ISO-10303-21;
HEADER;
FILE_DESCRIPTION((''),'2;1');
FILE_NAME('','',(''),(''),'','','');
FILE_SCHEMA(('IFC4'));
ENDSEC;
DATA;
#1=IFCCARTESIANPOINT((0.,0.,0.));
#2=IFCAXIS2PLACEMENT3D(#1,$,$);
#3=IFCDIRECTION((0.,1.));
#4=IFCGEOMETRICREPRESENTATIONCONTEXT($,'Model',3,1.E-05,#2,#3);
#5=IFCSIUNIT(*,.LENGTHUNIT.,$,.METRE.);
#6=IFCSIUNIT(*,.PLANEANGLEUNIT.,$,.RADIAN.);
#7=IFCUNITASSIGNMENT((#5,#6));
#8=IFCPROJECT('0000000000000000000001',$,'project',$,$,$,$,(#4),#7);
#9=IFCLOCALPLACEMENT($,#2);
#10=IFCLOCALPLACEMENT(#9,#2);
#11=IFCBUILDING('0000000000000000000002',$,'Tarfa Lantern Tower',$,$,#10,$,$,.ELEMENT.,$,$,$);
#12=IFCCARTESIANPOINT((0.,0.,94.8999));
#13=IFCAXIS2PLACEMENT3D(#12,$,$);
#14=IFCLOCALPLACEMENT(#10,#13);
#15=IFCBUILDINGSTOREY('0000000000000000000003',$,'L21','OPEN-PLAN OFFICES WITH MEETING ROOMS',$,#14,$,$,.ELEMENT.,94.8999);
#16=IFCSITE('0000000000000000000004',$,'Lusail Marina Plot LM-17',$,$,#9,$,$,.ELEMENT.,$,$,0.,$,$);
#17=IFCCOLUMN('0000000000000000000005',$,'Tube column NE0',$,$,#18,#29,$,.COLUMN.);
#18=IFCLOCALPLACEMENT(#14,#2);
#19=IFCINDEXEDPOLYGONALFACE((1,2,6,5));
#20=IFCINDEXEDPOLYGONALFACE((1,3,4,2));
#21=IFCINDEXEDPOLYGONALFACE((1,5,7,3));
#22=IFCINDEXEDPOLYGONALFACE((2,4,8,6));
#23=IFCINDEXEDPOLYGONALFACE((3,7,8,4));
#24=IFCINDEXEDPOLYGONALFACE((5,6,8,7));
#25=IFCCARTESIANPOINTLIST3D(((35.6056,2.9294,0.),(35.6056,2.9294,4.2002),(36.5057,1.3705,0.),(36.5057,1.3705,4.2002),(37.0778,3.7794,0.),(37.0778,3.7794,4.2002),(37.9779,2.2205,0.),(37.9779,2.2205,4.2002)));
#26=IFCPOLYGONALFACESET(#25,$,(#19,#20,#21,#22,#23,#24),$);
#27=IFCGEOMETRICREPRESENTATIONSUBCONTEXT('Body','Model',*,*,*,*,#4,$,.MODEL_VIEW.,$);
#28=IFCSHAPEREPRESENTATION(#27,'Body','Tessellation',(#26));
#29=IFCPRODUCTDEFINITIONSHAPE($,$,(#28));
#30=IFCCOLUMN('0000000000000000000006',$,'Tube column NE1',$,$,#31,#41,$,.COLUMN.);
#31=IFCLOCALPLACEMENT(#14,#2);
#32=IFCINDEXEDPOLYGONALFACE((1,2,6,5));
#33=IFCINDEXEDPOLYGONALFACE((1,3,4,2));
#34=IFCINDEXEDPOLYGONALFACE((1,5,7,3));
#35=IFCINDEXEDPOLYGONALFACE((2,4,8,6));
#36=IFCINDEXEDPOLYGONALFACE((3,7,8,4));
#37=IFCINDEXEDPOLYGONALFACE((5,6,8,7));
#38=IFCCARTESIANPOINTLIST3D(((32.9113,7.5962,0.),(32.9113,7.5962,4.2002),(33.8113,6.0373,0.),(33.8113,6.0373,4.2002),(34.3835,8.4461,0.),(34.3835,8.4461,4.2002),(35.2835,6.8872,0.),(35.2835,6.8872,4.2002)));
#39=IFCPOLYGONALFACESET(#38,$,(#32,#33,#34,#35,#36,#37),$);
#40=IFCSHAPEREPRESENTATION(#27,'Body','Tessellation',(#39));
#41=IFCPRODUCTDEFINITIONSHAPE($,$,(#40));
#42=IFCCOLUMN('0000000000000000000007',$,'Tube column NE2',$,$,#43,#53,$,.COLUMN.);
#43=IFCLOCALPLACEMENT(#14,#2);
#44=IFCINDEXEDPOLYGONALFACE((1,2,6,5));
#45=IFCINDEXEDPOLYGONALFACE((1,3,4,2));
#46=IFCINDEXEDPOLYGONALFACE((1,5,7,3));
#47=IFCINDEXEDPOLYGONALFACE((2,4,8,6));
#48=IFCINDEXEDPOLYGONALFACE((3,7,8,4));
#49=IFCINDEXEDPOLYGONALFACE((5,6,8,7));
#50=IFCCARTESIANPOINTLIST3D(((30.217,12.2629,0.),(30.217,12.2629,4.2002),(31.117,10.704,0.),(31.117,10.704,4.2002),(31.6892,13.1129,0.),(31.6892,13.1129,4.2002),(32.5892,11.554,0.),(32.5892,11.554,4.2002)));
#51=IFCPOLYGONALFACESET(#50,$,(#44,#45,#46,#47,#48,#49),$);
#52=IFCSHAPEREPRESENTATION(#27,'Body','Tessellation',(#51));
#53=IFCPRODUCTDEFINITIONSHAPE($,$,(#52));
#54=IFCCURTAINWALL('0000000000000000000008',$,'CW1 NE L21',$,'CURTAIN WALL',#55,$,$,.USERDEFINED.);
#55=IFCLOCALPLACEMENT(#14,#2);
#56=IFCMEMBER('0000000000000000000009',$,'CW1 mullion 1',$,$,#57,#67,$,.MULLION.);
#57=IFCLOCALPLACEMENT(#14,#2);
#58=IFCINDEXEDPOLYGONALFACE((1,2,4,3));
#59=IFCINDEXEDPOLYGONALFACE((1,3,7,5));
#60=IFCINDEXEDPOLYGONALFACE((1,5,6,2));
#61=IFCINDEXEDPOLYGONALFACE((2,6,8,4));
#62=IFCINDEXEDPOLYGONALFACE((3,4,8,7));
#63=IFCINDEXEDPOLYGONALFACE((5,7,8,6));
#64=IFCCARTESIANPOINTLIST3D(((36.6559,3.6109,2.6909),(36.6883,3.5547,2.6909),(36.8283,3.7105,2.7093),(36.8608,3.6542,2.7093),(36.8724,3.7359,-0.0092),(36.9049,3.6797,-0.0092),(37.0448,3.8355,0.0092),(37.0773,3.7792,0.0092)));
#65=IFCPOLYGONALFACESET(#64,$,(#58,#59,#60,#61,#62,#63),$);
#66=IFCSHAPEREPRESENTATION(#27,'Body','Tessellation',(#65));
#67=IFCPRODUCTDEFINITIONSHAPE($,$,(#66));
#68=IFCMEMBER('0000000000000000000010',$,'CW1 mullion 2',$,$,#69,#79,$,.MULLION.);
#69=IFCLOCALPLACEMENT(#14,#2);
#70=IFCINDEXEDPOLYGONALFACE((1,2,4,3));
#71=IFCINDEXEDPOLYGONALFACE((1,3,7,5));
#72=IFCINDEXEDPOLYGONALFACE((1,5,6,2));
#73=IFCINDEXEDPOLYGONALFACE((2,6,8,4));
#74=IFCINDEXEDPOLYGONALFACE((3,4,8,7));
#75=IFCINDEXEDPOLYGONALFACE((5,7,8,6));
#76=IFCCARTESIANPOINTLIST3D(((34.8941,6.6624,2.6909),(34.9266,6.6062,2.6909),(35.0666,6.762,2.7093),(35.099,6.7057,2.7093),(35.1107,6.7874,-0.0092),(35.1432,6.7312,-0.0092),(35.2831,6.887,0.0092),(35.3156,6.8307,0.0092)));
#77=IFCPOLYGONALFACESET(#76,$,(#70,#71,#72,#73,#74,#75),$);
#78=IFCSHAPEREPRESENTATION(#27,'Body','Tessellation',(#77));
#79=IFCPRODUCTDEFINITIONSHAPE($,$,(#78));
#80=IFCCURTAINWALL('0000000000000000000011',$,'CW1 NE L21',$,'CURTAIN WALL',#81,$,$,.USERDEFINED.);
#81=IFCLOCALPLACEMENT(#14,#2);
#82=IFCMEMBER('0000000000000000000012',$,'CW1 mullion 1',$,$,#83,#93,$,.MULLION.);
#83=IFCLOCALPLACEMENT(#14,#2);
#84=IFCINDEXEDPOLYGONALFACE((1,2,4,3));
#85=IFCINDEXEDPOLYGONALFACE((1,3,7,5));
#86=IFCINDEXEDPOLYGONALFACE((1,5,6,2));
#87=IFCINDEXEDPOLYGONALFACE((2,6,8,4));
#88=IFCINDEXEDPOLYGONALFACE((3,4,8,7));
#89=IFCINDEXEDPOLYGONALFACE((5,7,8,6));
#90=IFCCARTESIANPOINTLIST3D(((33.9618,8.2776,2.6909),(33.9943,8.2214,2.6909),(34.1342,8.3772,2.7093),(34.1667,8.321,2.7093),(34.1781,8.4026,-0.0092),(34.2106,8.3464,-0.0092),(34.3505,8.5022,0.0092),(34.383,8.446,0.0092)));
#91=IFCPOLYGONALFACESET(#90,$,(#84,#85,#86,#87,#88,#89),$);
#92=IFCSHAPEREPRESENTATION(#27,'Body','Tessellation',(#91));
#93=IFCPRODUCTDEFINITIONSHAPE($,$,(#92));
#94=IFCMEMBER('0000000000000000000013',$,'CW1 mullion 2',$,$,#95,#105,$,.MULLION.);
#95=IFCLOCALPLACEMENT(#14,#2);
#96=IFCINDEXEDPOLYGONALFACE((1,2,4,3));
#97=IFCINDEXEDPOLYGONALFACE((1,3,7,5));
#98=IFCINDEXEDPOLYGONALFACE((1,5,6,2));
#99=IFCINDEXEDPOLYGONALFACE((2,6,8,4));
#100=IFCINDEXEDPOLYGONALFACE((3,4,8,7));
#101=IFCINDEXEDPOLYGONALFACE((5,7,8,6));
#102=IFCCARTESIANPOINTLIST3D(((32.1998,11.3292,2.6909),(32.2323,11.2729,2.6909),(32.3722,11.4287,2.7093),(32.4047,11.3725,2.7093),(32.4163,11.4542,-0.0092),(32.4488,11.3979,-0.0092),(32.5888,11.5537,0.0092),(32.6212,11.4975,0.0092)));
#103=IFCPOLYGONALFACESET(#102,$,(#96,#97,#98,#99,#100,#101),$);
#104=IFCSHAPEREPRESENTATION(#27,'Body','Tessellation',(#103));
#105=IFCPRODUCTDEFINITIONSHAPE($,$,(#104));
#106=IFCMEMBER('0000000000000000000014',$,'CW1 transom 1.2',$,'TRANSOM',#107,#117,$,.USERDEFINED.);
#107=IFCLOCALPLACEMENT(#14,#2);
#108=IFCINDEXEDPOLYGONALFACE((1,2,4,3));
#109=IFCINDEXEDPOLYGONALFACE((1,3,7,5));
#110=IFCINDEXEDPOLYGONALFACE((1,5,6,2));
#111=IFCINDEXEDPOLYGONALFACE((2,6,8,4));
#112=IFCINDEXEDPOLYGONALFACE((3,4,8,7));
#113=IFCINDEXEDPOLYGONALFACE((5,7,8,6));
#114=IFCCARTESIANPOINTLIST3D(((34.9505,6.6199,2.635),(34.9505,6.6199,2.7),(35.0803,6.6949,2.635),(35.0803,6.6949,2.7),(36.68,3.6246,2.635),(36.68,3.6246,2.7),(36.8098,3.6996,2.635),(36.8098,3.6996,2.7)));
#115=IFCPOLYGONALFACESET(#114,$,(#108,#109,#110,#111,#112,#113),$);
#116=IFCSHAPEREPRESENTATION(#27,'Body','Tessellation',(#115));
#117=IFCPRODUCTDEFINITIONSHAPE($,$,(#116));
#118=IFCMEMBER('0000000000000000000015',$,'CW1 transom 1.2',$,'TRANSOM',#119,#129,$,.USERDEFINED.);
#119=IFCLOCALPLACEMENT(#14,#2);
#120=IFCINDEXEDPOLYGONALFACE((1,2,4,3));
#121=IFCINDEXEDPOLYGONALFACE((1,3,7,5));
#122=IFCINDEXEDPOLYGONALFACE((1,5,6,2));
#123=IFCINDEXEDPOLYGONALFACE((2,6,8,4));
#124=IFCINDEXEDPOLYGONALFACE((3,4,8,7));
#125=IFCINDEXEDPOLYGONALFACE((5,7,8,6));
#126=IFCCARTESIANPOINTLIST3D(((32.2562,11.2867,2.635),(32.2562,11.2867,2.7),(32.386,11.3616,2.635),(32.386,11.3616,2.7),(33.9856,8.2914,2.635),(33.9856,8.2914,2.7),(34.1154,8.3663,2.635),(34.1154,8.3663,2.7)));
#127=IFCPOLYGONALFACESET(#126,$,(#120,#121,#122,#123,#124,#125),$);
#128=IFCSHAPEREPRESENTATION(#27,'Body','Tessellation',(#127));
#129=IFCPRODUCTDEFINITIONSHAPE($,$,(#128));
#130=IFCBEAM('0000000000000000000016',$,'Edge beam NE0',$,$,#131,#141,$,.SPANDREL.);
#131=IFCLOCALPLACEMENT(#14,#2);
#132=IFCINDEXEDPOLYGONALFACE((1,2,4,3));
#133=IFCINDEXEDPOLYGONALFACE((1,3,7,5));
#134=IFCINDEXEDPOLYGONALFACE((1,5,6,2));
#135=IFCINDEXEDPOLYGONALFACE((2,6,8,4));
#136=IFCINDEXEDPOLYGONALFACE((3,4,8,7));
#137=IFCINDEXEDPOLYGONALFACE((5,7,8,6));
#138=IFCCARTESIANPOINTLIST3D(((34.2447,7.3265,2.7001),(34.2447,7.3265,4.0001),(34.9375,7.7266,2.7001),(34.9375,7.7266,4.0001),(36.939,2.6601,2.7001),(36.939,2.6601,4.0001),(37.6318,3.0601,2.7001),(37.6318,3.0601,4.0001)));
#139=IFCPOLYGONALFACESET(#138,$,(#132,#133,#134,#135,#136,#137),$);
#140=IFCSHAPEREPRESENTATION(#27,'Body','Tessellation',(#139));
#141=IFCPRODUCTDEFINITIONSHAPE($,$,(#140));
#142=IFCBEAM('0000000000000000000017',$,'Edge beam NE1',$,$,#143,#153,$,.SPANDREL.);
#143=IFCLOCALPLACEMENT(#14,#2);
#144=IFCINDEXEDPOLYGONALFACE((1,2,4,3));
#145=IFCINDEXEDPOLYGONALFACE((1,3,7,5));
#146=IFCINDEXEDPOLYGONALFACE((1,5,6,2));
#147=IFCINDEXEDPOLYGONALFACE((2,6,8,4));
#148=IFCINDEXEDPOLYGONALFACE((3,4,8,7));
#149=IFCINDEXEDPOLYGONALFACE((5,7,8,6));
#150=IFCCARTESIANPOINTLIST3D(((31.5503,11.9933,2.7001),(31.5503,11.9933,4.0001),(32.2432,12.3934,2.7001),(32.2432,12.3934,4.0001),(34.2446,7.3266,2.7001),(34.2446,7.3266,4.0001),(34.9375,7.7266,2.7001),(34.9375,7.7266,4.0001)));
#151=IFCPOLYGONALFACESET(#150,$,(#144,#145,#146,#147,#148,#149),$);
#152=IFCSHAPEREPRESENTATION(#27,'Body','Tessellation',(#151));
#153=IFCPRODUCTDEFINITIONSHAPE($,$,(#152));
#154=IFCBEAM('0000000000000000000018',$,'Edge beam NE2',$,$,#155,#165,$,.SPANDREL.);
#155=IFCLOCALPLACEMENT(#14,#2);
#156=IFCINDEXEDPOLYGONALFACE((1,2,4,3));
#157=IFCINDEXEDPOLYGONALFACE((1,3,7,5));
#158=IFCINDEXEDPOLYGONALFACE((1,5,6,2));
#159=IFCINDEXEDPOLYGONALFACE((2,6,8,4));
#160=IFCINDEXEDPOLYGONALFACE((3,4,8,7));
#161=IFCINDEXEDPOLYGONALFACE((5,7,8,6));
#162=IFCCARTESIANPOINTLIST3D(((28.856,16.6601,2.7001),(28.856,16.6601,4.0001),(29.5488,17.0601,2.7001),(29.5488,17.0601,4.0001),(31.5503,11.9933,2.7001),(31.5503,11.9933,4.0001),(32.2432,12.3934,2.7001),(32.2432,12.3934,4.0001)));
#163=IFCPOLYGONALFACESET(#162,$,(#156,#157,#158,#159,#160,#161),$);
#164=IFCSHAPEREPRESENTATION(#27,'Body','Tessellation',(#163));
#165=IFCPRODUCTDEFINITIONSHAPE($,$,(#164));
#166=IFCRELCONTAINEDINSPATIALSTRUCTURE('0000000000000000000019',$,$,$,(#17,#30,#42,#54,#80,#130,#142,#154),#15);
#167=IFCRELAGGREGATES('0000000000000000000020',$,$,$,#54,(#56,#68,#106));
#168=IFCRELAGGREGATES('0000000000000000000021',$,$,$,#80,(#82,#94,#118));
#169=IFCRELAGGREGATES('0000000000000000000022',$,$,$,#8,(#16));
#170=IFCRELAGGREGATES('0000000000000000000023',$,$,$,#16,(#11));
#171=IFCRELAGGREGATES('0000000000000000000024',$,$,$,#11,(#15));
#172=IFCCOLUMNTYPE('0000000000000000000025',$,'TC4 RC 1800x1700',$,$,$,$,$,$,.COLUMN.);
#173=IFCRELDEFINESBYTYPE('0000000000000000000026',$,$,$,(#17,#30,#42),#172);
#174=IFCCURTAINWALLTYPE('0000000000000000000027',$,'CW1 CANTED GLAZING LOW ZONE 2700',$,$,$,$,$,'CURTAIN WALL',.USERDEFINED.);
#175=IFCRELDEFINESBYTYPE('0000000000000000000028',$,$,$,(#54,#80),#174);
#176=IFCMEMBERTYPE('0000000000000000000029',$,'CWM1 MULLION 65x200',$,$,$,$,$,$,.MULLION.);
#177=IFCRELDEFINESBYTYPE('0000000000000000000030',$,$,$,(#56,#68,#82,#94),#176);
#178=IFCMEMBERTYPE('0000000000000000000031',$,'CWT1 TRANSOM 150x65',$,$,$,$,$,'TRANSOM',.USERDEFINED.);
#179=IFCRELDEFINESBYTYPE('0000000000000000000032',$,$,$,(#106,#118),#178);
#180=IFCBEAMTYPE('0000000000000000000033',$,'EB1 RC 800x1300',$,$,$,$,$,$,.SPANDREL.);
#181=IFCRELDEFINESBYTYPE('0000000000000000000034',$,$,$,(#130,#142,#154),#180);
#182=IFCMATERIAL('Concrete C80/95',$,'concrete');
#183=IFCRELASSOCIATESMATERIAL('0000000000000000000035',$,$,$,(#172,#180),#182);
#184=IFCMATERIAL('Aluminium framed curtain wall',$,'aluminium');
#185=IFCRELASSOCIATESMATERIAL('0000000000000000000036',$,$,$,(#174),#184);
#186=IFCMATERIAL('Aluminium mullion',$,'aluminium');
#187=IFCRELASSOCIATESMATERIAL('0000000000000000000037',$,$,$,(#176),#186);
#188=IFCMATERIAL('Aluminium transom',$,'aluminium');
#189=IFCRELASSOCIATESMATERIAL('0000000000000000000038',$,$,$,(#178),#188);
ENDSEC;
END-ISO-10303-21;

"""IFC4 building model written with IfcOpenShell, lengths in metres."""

from ifc_helpers import new_model, si_unit, direction, frame, origin, origin_2d, place, context, subcontext, project, spatial, rectangle, extrude, material, material_profile, profile_set, type_object, element, aggregate, save


model = new_model("IFC4")

# Units and contexts
model_context = context("Model", 3, precision=1e-05, world=origin(), true_north=direction((0.0, 1.0)))
body_context = subcontext(model_context, "Body", "Model", "MODEL_VIEW")
ifc_project = project(units=[si_unit("LENGTHUNIT", "METRE"), si_unit("PLANEANGLEUNIT", "RADIAN")], contexts=[model_context])

# Site, building, storey
site_placement = place(None, origin())
site = spatial("IfcSite", under=ifc_project, at=site_placement, Name="Lusail Marina Plot LM-17", CompositionType="ELEMENT", RefElevation=0.0)
building_placement = place(site_placement, origin())
building = spatial("IfcBuilding", under=site, at=building_placement, Name="Tarfa Lantern Tower", CompositionType="ELEMENT")
storey_placement = place(building_placement, frame((0.0, 0.0, 94.8999)))
storey = spatial("IfcBuildingStorey", under=building, at=storey_placement, Name="L21", Description="OPEN-PLAN OFFICES WITH MEETING ROOMS", CompositionType="ELEMENT", Elevation=94.8999)

# Columns
ifc_material_1 = material(Name="Concrete C80/95", Category="concrete")
ifc_material_profile_1 = material_profile(ifc_material_1, rectangle(XDim=1.8, YDim=1.7, at=origin_2d()), Name="RC 1800x1700")
ifc_profile_set_1 = profile_set([ifc_material_profile_1], Name="Concrete C80/95")
column_type = type_object("IfcColumnType", Name="TC4 RC 1800x1700", PredefinedType="COLUMN", material=ifc_profile_set_1)
for number, where, z_axis, x_axis, name in (
    (1, (36.7917, 2.575, 0.0), (0.0, 0.0, 1.0), (-0.5, 0.866025, 0.0), "Tube column NE0"),
    (2, (34.0974, 7.2417, 0.0), (0.0, 0.0, 1.0), (-0.5, 0.866025, 0.0), "Tube column NE1"),
    (3, (31.4031, 11.9084, 0.0), (0.0, 0.0, 1.0), (-0.5, 0.866025, 0.0), "Tube column NE2"),
):
    element("IfcColumn", number, at=place(storey_placement, frame(where, z_axis=z_axis, x_axis=x_axis)), inside=storey, type_object=column_type, Name=name, PredefinedType="COLUMN", context=body_context, shape_type="SweptSolid", body=[
        extrude(rectangle(XDim=1.8, YDim=1.7, at=origin_2d()), origin(), (0.0, 0.0, 1.0), 4.2002),
    ])

# Curtain walls, members
ifc_material_2 = material(Name="Aluminium framed curtain wall", Category="aluminium")
curtain_wall_type = type_object("IfcCurtainWallType", Name="CW1 CANTED GLAZING LOW ZONE 2700", ElementType="CURTAIN WALL", PredefinedType="USERDEFINED", material=ifc_material_2)
curtain_wall_1_placement = place(storey_placement, origin())
curtain_wall_1 = element("IfcCurtainWall", 4, at=curtain_wall_1_placement, inside=storey, type_object=curtain_wall_type, Name="CW1 NE L21", ObjectType="CURTAIN WALL", PredefinedType="USERDEFINED")
ifc_material_3 = material(Name="Aluminium mullion", Category="aluminium")
ifc_material_profile_2 = material_profile(ifc_material_3, rectangle(XDim=0.0649, YDim=0.2, at=origin_2d()), Name="AL MULLION 65x200")
ifc_profile_set_2 = profile_set([ifc_material_profile_2], Name="Aluminium mullion")
member_type_1 = type_object("IfcMemberType", Name="CWM1 MULLION 65x200", PredefinedType="MULLION", material=ifc_profile_set_2)
member_1_placement = place(storey_placement, frame((36.9749, 3.7576, 0.0), z_axis=(-0.079857, -0.046096, 0.99574), x_axis=(0.49992, -0.866072, 0.0)))
member_1 = element("IfcMember", 5, at=member_1_placement, type_object=member_type_1, Name="CW1 mullion 1", PredefinedType="MULLION", context=body_context, shape_type="SweptSolid", body=[
    extrude(rectangle(XDim=0.0649, YDim=0.2, at=origin_2d()), origin(), (0.0, 0.0, 1.0), 2.7117),
])
member_2_placement = place(storey_placement, frame((35.2131, 6.8091, 0.0), z_axis=(-0.079857, -0.046096, 0.99574), x_axis=(0.49992, -0.866072, 0.0)))
member_2 = element("IfcMember", 6, at=member_2_placement, type_object=member_type_1, Name="CW1 mullion 2", PredefinedType="MULLION", context=body_context, shape_type="SweptSolid", body=[
    extrude(rectangle(XDim=0.0649, YDim=0.2, at=origin_2d()), origin(), (0.0, 0.0, 1.0), 2.7117),
])
curtain_wall_2_placement = place(storey_placement, origin())
curtain_wall_2 = element("IfcCurtainWall", 7, at=curtain_wall_2_placement, inside=storey, type_object=curtain_wall_type, Name="CW1 NE L21", ObjectType="CURTAIN WALL", PredefinedType="USERDEFINED")
member_3_placement = place(storey_placement, frame((34.2805, 8.4243, 0.0), z_axis=(-0.079768, -0.046096, 0.995747), x_axis=(0.500343, -0.865827, 0.0)))
member_3 = element("IfcMember", 8, at=member_3_placement, type_object=member_type_1, Name="CW1 mullion 1", PredefinedType="MULLION", context=body_context, shape_type="SweptSolid", body=[
    extrude(rectangle(XDim=0.0649, YDim=0.2, at=origin_2d()), origin(), (0.0, 0.0, 1.0), 2.7117),
])
member_4_placement = place(storey_placement, frame((32.5188, 11.4758, 0.0), z_axis=(-0.079857, -0.046096, 0.99574), x_axis=(0.49992, -0.866072, 0.0)))
member_4 = element("IfcMember", 9, at=member_4_placement, type_object=member_type_1, Name="CW1 mullion 2", PredefinedType="MULLION", context=body_context, shape_type="SweptSolid", body=[
    extrude(rectangle(XDim=0.0649, YDim=0.2, at=origin_2d()), origin(), (0.0, 0.0, 1.0), 2.7117),
])

# Members
ifc_material_4 = material(Name="Aluminium transom", Category="aluminium")
ifc_material_profile_3 = material_profile(ifc_material_4, rectangle(XDim=0.1499, YDim=0.0649, at=origin_2d()), Name="AL TRANSOM 150x65")
ifc_profile_set_3 = profile_set([ifc_material_profile_3], Name="Aluminium transom")
member_type_2 = type_object("IfcMemberType", Name="CWT1 TRANSOM 150x65", ElementType="TRANSOM", PredefinedType="USERDEFINED", material=ifc_profile_set_3)
member_5_placement = place(storey_placement, frame((36.7449, 3.6621, 2.6675), z_axis=(-0.500026, 0.86601, 0.0), x_axis=(-0.86601, -0.500026, 0.0)))
member_5 = element("IfcMember", 10, at=member_5_placement, type_object=member_type_2, Name="CW1 transom 1.2", ObjectType="TRANSOM", PredefinedType="USERDEFINED", context=body_context, shape_type="SweptSolid", body=[
    extrude(rectangle(XDim=0.1499, YDim=0.0649, at=origin_2d()), origin(), (0.0, 0.0, 1.0), 3.4587),
])
member_6_placement = place(storey_placement, frame((34.0505, 8.3289, 2.6675), z_axis=(-0.500026, 0.86601, 0.0), x_axis=(-0.86601, -0.500026, 0.0)))
member_6 = element("IfcMember", 11, at=member_6_placement, type_object=member_type_2, Name="CW1 transom 1.2", ObjectType="TRANSOM", PredefinedType="USERDEFINED", context=body_context, shape_type="SweptSolid", body=[
    extrude(rectangle(XDim=0.1499, YDim=0.0649, at=origin_2d()), origin(), (0.0, 0.0, 1.0), 3.4587),
])

# Beams
ifc_material_profile_4 = material_profile(ifc_material_1, rectangle(XDim=0.8, YDim=1.3, at=origin_2d()), Name="RC 800x1300")
ifc_profile_set_4 = profile_set([ifc_material_profile_4], Name="Concrete C80/95")
beam_type_1 = type_object("IfcBeamType", Name="EB1 RC 800x1300", PredefinedType="SPANDREL", material=ifc_profile_set_4)
beam_1_placement = place(storey_placement, frame((37.2854, 2.8601, 3.3501), z_axis=(-0.500018, 0.866015, 0.0), x_axis=(-0.866015, -0.500018, 0.0)))
element("IfcBeam", 12, at=beam_1_placement, inside=storey, type_object=beam_type_1, Name="Edge beam NE0", PredefinedType="SPANDREL", context=body_context, shape_type="SweptSolid", body=[
    extrude(rectangle(XDim=0.8, YDim=1.3, at=origin_2d()), origin(), (0.0, 0.0, 1.0), 5.3884),
])
for number, where, z_axis, x_axis, name in (
    (13, (34.5911, 7.5266, 3.3501), (-0.499998, 0.866026, 0.0), (-0.866026, -0.499998, 0.0), "Edge beam NE1"),
    (14, (31.8967, 12.1934, 3.3501), (-0.499998, 0.866026, 0.0), (-0.866026, -0.499998, 0.0), "Edge beam NE2"),
):
    element("IfcBeam", number, at=place(storey_placement, frame(where, z_axis=z_axis, x_axis=x_axis)), inside=storey, type_object=beam_type_1, Name=name, PredefinedType="SPANDREL", context=body_context, shape_type="SweptSolid", body=[
        extrude(rectangle(XDim=0.8, YDim=1.3, at=origin_2d()), origin(), (0.0, 0.0, 1.0), 5.3887),
    ])

aggregate(curtain_wall_1, [member_1, member_2, member_5])
aggregate(curtain_wall_2, [member_3, member_4, member_6])

save(model, "model.ifc")
